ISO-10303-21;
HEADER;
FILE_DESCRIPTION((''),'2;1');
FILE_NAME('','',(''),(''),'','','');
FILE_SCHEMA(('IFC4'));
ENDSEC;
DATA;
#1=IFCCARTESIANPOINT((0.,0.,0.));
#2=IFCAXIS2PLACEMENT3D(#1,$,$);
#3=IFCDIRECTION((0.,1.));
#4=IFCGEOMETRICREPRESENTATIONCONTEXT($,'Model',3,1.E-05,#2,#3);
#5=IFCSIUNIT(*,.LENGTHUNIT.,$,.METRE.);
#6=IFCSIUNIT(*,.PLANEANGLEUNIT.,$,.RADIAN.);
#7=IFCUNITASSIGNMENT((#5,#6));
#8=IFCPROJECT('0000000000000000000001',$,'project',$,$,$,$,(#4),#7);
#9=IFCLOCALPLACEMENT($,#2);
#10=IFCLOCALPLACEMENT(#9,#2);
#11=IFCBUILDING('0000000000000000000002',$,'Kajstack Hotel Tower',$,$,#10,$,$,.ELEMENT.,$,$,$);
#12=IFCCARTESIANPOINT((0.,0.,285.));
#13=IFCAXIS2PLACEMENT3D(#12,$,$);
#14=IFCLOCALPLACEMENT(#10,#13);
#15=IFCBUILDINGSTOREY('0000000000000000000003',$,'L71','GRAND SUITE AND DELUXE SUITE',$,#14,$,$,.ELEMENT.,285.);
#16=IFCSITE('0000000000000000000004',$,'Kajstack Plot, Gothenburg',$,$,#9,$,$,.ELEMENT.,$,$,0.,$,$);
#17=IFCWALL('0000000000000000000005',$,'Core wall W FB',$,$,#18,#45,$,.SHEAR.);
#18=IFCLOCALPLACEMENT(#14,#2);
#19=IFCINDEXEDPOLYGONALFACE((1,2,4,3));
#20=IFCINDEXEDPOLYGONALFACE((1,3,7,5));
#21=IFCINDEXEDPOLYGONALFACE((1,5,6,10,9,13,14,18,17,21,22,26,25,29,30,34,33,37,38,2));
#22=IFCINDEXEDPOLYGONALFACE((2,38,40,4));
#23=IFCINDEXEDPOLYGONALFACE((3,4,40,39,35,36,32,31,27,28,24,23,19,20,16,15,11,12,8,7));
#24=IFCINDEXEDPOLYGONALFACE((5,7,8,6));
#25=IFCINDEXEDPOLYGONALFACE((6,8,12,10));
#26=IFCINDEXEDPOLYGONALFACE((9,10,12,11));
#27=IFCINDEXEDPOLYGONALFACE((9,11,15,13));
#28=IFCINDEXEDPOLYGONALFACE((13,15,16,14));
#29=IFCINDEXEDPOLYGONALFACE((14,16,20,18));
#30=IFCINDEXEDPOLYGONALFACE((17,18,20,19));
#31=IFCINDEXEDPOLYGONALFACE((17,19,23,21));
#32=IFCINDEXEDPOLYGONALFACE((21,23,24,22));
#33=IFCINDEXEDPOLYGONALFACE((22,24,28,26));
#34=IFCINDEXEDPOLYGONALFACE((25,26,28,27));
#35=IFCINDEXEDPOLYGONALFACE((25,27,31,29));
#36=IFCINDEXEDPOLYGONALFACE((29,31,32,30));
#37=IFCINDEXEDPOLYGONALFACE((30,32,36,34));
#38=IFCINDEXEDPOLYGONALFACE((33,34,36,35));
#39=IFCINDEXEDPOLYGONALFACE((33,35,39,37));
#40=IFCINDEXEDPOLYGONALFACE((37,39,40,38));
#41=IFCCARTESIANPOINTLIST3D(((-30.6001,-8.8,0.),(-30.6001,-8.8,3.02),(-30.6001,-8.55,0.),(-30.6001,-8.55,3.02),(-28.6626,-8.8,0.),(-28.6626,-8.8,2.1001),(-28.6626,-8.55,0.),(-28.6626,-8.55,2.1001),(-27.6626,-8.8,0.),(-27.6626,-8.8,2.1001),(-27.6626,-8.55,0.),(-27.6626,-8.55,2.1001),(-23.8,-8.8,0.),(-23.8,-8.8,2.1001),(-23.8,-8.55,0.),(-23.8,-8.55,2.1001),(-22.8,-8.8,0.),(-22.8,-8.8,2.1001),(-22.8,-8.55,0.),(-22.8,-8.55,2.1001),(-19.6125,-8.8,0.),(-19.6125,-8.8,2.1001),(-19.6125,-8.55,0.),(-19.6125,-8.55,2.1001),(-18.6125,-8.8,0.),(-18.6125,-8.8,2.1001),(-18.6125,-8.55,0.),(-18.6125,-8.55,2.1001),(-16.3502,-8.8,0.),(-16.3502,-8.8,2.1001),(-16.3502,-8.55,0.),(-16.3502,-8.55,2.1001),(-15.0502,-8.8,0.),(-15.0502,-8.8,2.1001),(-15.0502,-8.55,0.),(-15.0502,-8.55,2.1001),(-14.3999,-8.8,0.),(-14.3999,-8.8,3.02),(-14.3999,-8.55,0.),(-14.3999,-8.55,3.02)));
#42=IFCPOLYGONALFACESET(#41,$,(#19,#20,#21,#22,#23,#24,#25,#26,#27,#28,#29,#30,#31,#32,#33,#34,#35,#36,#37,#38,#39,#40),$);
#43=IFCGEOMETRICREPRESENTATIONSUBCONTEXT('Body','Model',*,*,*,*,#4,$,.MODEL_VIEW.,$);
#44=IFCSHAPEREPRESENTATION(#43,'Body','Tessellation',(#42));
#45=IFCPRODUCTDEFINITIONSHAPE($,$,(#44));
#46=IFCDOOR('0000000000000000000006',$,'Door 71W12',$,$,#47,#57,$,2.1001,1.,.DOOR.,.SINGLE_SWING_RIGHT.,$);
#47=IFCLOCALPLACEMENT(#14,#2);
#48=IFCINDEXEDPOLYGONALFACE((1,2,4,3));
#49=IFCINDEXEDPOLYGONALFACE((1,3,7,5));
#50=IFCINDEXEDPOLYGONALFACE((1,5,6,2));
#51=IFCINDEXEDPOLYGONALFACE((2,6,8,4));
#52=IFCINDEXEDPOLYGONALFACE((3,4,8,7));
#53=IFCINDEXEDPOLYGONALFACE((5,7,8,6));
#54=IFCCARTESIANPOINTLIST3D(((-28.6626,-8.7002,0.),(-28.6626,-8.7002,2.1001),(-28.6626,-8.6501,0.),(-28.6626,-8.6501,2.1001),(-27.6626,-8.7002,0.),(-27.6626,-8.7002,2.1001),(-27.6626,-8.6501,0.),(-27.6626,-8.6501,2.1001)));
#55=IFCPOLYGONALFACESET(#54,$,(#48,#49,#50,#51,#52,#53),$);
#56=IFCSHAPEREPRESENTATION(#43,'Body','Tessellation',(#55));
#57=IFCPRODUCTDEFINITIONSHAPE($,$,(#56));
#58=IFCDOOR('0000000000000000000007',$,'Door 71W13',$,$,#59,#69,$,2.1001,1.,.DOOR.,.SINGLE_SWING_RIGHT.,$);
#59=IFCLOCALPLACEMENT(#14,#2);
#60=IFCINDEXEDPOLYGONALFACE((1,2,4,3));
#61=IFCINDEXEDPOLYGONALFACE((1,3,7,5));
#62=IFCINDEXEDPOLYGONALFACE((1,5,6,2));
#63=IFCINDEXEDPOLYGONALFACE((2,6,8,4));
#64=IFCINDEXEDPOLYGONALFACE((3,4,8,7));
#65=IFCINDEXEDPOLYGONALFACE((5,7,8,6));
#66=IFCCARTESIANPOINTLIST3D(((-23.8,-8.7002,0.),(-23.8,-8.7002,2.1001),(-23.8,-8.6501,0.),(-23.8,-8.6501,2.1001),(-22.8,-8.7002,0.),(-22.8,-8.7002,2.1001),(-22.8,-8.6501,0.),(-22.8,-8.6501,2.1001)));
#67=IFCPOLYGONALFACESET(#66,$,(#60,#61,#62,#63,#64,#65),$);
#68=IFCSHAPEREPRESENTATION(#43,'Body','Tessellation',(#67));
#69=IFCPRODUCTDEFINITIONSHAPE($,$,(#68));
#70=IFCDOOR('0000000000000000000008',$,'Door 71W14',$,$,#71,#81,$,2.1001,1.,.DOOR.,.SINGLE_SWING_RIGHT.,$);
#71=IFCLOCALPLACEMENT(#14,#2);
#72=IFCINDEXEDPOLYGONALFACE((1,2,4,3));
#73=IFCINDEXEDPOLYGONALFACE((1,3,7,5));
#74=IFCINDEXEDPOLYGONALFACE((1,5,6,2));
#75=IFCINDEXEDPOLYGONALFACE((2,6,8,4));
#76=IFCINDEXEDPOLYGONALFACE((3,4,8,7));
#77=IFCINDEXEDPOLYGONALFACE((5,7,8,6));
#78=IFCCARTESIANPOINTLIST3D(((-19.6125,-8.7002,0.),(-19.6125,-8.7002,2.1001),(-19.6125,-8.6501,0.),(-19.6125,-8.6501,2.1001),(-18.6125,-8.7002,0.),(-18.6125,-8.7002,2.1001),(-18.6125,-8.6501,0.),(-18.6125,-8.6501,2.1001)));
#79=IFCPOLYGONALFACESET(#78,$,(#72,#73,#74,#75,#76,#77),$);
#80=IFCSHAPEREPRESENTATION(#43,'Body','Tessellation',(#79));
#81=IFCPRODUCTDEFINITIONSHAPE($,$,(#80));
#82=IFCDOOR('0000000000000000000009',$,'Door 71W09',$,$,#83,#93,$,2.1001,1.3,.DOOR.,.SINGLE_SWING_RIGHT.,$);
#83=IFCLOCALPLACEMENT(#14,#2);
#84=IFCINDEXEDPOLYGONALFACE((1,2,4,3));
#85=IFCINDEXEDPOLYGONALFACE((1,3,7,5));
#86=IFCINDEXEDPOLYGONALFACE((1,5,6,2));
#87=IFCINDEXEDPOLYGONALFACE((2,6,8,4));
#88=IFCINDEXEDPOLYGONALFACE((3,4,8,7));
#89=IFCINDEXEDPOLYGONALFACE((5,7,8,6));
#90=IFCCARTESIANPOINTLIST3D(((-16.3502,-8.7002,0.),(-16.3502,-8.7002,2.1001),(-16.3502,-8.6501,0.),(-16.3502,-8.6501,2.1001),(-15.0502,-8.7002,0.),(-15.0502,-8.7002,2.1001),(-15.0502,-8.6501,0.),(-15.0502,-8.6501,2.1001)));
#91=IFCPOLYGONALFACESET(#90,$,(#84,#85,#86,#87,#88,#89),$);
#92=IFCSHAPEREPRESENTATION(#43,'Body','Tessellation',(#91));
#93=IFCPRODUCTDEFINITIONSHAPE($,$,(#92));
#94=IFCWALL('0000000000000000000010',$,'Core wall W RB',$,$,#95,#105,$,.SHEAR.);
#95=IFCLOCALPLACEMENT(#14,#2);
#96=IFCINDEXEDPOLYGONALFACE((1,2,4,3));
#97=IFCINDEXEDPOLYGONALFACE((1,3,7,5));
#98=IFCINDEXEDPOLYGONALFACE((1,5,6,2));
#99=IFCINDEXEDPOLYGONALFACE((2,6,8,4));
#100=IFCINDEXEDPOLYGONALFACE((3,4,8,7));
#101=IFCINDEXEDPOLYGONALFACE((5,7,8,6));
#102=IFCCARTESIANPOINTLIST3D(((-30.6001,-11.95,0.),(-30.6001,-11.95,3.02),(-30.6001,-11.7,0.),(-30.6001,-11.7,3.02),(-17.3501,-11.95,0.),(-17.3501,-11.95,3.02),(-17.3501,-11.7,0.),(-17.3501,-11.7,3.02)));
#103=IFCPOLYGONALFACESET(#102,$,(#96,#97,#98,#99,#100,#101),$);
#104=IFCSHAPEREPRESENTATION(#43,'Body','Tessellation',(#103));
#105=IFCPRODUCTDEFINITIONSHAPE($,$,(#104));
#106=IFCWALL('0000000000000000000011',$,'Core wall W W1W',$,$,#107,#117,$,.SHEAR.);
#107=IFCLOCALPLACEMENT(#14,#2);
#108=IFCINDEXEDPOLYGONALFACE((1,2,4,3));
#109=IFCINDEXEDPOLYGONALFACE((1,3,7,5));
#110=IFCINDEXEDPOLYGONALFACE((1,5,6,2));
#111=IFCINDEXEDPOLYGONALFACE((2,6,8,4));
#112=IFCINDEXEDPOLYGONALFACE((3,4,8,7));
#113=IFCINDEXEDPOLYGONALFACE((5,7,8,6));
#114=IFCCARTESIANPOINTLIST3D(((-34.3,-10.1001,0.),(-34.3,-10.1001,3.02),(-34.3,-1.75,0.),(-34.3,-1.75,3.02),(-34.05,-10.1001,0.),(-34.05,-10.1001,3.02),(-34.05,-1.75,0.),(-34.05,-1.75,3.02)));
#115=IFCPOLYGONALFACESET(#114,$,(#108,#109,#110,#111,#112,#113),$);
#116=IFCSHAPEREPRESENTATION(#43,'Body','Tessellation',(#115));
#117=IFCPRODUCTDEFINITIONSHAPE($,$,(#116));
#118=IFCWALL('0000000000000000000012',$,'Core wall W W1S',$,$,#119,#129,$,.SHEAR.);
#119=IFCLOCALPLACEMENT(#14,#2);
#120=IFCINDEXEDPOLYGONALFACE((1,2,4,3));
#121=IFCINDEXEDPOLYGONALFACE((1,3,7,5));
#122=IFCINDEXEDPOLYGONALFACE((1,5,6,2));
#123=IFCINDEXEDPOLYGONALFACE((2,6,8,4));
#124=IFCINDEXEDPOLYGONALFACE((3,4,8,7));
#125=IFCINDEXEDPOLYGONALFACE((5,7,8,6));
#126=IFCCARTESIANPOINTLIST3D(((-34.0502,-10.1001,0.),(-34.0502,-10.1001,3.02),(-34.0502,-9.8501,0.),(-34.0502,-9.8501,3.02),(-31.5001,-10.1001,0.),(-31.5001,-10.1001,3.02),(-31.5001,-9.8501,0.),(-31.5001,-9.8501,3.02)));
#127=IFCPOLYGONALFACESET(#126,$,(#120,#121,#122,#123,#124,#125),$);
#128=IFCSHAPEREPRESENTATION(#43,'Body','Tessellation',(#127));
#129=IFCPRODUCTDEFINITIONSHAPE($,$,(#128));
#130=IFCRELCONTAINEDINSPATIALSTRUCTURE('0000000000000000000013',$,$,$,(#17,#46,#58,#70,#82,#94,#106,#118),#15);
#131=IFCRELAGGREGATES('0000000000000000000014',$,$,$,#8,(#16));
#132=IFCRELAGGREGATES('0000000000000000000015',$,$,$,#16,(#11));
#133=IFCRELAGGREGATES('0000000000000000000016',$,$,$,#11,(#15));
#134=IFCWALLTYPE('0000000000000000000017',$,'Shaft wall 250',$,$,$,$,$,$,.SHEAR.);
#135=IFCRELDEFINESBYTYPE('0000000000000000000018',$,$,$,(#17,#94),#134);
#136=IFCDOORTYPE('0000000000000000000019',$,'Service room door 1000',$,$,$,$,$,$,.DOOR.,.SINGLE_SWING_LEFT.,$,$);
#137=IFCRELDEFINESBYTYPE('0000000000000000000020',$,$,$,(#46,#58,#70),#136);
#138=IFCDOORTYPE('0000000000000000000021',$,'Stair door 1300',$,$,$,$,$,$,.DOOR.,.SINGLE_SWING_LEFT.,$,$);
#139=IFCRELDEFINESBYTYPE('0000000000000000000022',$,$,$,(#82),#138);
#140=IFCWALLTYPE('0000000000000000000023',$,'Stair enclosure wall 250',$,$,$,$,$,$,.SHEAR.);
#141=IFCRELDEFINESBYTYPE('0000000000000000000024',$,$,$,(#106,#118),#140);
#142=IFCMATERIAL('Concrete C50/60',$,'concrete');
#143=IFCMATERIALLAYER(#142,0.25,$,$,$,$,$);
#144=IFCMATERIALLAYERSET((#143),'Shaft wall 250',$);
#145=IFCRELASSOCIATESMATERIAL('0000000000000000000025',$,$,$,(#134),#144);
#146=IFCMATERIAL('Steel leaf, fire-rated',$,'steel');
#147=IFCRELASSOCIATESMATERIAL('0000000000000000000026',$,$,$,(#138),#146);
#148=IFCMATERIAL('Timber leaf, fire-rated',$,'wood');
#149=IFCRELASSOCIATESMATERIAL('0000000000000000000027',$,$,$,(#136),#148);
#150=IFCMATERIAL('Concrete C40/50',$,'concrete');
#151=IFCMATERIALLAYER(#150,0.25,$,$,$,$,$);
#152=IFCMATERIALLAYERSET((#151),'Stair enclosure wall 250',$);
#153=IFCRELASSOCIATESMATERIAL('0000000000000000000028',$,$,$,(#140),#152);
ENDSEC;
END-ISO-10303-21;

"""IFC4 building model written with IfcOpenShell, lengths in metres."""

from ifc_helpers import new_model, si_unit, direction, frame, frame_2d, origin, place, context, subcontext, project, spatial, rectangle, extrude, material, layer, layer_set, type_object, element, fill, save


model = new_model("IFC4")

# Units and contexts
model_context = context("Model", 3, precision=1e-05, world=origin(), true_north=direction((0.0, 1.0)))
body_context = subcontext(model_context, "Body", "Model", "MODEL_VIEW")
ifc_project = project(units=[si_unit("LENGTHUNIT", "METRE"), si_unit("PLANEANGLEUNIT", "RADIAN")], contexts=[model_context])

# Site, building, storey
site_placement = place(None, origin())
site = spatial("IfcSite", under=ifc_project, at=site_placement, Name="Kajstack Plot, Gothenburg", CompositionType="ELEMENT", RefElevation=0.0)
building_placement = place(site_placement, origin())
building = spatial("IfcBuilding", under=site, at=building_placement, Name="Kajstack Hotel Tower", CompositionType="ELEMENT")
storey_placement = place(building_placement, frame((0.0, 0.0, 285.0)))
storey = spatial("IfcBuildingStorey", under=building, at=storey_placement, Name="L71", Description="GRAND SUITE AND DELUXE SUITE", CompositionType="ELEMENT", Elevation=285.0)

# Shared definitions
ifc_material_1 = material(Name="Concrete C40/50", Category="concrete")

# Shared definitions
ifc_material_2 = material(Name="Timber leaf, fire-rated", Category="wood")

# Wall, openings, doors
ifc_material_3 = material(Name="Concrete C50/60", Category="concrete")
ifc_layer_1 = layer(ifc_material_3, 0.25)
ifc_layer_set_1 = layer_set([ifc_layer_1], Name="Shaft wall 250")
wall_type_1 = type_object("IfcWallType", Name="Shaft wall 250", PredefinedType="SHEAR", material=ifc_layer_set_1)
ifc_material_4 = material(Name="Steel leaf, fire-rated", Category="steel")
door_type_1 = type_object("IfcDoorType", Name="Stair door 1300", OperationType="SINGLE_SWING_LEFT", PredefinedType="DOOR", material=ifc_material_4)
wall_1_placement = place(storey_placement, frame((-30.6001, -8.675, 0.0), z_axis=(0.0, 0.0, 1.0), x_axis=(1.0, 0.0, 0.0)))
wall_1 = element("IfcWall", 1, at=wall_1_placement, inside=storey, type_object=wall_type_1, Name="Core wall W FB", PredefinedType="SHEAR", context=body_context, shape_type="SweptSolid", body=[
    extrude(rectangle(XDim=16.2002, YDim=0.25, at=frame_2d((8.1001, 0.0))), origin(), (0.0, 0.0, 1.0), 3.02),
])
opening_1_placement = place(wall_1_placement, frame((14.25, 0.0, 0.0)))
opening_1 = element("IfcOpeningElement", 2, at=opening_1_placement, cuts=wall_1, PredefinedType="OPENING", context=body_context, shape_type="SweptSolid", body=[
    extrude(rectangle(XDim=1.3, YDim=2.1001, at=frame_2d((0.6499, 1.05))), frame((0.0, 0.135, 0.0), z_axis=(0.0, -1.0, 0.0), x_axis=(1.0, 0.0, 0.0)), (0.0, 0.0, 1.0), 0.27),
])
opening_2_placement = place(wall_1_placement, frame((1.9375, 0.0, 0.0)))
opening_2 = element("IfcOpeningElement", 3, at=opening_2_placement, cuts=wall_1, PredefinedType="OPENING", context=body_context, shape_type="SweptSolid", body=[
    extrude(rectangle(XDim=1.0, YDim=2.1001, at=frame_2d((0.5, 1.05))), frame((0.0, 0.135, 0.0), z_axis=(0.0, -1.0, 0.0), x_axis=(1.0, 0.0, 0.0)), (0.0, 0.0, 1.0), 0.27),
])
opening_3_placement = place(wall_1_placement, frame((6.8, 0.0, 0.0)))
opening_3 = element("IfcOpeningElement", 4, at=opening_3_placement, cuts=wall_1, PredefinedType="OPENING", context=body_context, shape_type="SweptSolid", body=[
    extrude(rectangle(XDim=1.0, YDim=2.1001, at=frame_2d((0.5, 1.05))), frame((0.0, 0.135, 0.0), z_axis=(0.0, -1.0, 0.0), x_axis=(1.0, 0.0, 0.0)), (0.0, 0.0, 1.0), 0.27),
])
opening_4_placement = place(wall_1_placement, frame((10.9875, 0.0, 0.0)))
opening_4 = element("IfcOpeningElement", 5, at=opening_4_placement, cuts=wall_1, PredefinedType="OPENING", context=body_context, shape_type="SweptSolid", body=[
    extrude(rectangle(XDim=1.0, YDim=2.1001, at=frame_2d((0.5, 1.05))), frame((0.0, 0.135, 0.0), z_axis=(0.0, -1.0, 0.0), x_axis=(1.0, 0.0, 0.0)), (0.0, 0.0, 1.0), 0.27),
])
door_type_2 = type_object("IfcDoorType", Name="Service room door 1000", OperationType="SINGLE_SWING_LEFT", PredefinedType="DOOR", material=ifc_material_2)
door_1_placement = place(opening_2_placement, origin())
door_1 = element("IfcDoor", 6, at=door_1_placement, inside=storey, type_object=door_type_2, Name="Door 71W12", OperationType="SINGLE_SWING_RIGHT", OverallHeight=2.1001, OverallWidth=1.0, PredefinedType="DOOR", context=body_context, shape_type="SweptSolid", body=[
    extrude(rectangle(XDim=1.0, YDim=2.1001, at=frame_2d((0.5, 1.05))), frame((0.0, 0.0249, 0.0), z_axis=(0.0, -1.0, 0.0), x_axis=(1.0, 0.0, 0.0)), (0.0, 0.0, 1.0), 0.05),
])
fill(opening_2, door_1)
door_2_placement = place(opening_3_placement, origin())
door_2 = element("IfcDoor", 7, at=door_2_placement, inside=storey, type_object=door_type_2, Name="Door 71W13", OperationType="SINGLE_SWING_RIGHT", OverallHeight=2.1001, OverallWidth=1.0, PredefinedType="DOOR", context=body_context, shape_type="SweptSolid", body=[
    extrude(rectangle(XDim=1.0, YDim=2.1001, at=frame_2d((0.5, 1.05))), frame((0.0, 0.0249, 0.0), z_axis=(0.0, -1.0, 0.0), x_axis=(1.0, 0.0, 0.0)), (0.0, 0.0, 1.0), 0.05),
])
fill(opening_3, door_2)
door_3_placement = place(opening_4_placement, origin())
door_3 = element("IfcDoor", 8, at=door_3_placement, inside=storey, type_object=door_type_2, Name="Door 71W14", OperationType="SINGLE_SWING_RIGHT", OverallHeight=2.1001, OverallWidth=1.0, PredefinedType="DOOR", context=body_context, shape_type="SweptSolid", body=[
    extrude(rectangle(XDim=1.0, YDim=2.1001, at=frame_2d((0.5, 1.05))), frame((0.0, 0.0249, 0.0), z_axis=(0.0, -1.0, 0.0), x_axis=(1.0, 0.0, 0.0)), (0.0, 0.0, 1.0), 0.05),
])
fill(opening_4, door_3)
door_4_placement = place(opening_1_placement, origin())
door_4 = element("IfcDoor", 9, at=door_4_placement, inside=storey, type_object=door_type_1, Name="Door 71W09", OperationType="SINGLE_SWING_RIGHT", OverallHeight=2.1001, OverallWidth=1.3, PredefinedType="DOOR", context=body_context, shape_type="SweptSolid", body=[
    extrude(rectangle(XDim=1.3, YDim=2.1001, at=frame_2d((0.6499, 1.05))), frame((0.0, 0.0249, 0.0), z_axis=(0.0, -1.0, 0.0), x_axis=(1.0, 0.0, 0.0)), (0.0, 0.0, 1.0), 0.05),
])
fill(opening_1, door_4)

# Walls
wall_2_placement = place(storey_placement, frame((-30.6001, -11.825, 0.0), z_axis=(0.0, 0.0, 1.0), x_axis=(1.0, 0.0, 0.0)))
element("IfcWall", 10, at=wall_2_placement, inside=storey, type_object=wall_type_1, Name="Core wall W RB", PredefinedType="SHEAR", context=body_context, shape_type="SweptSolid", body=[
    extrude(rectangle(XDim=13.25, YDim=0.25, at=frame_2d((6.625, 0.0))), origin(), (0.0, 0.0, 1.0), 3.02),
])
ifc_layer_2 = layer(ifc_material_1, 0.25)
ifc_layer_set_2 = layer_set([ifc_layer_2], Name="Stair enclosure wall 250")
wall_type_2 = type_object("IfcWallType", Name="Stair enclosure wall 250", PredefinedType="SHEAR", material=ifc_layer_set_2)
wall_3_placement = place(storey_placement, frame((-34.175, -10.1001, 0.0), z_axis=(0.0, 0.0, 1.0), x_axis=(0.0, 1.0, 0.0)))
element("IfcWall", 11, at=wall_3_placement, inside=storey, type_object=wall_type_2, Name="Core wall W W1W", PredefinedType="SHEAR", context=body_context, shape_type="SweptSolid", body=[
    extrude(rectangle(XDim=8.3501, YDim=0.25, at=frame_2d((4.175, 0.0))), origin(), (0.0, 0.0, 1.0), 3.02),
])
wall_4_placement = place(storey_placement, frame((-34.05, -9.9751, 0.0), z_axis=(0.0, 0.0, 1.0), x_axis=(1.0, 0.0, 0.0)))
element("IfcWall", 12, at=wall_4_placement, inside=storey, type_object=wall_type_2, Name="Core wall W W1S", PredefinedType="SHEAR", context=body_context, shape_type="SweptSolid", body=[
    extrude(rectangle(XDim=2.55, YDim=0.25, at=frame_2d((1.2749, 0.0))), origin(), (0.0, 0.0, 1.0), 3.02),
])

save(model, "model.ifc")
